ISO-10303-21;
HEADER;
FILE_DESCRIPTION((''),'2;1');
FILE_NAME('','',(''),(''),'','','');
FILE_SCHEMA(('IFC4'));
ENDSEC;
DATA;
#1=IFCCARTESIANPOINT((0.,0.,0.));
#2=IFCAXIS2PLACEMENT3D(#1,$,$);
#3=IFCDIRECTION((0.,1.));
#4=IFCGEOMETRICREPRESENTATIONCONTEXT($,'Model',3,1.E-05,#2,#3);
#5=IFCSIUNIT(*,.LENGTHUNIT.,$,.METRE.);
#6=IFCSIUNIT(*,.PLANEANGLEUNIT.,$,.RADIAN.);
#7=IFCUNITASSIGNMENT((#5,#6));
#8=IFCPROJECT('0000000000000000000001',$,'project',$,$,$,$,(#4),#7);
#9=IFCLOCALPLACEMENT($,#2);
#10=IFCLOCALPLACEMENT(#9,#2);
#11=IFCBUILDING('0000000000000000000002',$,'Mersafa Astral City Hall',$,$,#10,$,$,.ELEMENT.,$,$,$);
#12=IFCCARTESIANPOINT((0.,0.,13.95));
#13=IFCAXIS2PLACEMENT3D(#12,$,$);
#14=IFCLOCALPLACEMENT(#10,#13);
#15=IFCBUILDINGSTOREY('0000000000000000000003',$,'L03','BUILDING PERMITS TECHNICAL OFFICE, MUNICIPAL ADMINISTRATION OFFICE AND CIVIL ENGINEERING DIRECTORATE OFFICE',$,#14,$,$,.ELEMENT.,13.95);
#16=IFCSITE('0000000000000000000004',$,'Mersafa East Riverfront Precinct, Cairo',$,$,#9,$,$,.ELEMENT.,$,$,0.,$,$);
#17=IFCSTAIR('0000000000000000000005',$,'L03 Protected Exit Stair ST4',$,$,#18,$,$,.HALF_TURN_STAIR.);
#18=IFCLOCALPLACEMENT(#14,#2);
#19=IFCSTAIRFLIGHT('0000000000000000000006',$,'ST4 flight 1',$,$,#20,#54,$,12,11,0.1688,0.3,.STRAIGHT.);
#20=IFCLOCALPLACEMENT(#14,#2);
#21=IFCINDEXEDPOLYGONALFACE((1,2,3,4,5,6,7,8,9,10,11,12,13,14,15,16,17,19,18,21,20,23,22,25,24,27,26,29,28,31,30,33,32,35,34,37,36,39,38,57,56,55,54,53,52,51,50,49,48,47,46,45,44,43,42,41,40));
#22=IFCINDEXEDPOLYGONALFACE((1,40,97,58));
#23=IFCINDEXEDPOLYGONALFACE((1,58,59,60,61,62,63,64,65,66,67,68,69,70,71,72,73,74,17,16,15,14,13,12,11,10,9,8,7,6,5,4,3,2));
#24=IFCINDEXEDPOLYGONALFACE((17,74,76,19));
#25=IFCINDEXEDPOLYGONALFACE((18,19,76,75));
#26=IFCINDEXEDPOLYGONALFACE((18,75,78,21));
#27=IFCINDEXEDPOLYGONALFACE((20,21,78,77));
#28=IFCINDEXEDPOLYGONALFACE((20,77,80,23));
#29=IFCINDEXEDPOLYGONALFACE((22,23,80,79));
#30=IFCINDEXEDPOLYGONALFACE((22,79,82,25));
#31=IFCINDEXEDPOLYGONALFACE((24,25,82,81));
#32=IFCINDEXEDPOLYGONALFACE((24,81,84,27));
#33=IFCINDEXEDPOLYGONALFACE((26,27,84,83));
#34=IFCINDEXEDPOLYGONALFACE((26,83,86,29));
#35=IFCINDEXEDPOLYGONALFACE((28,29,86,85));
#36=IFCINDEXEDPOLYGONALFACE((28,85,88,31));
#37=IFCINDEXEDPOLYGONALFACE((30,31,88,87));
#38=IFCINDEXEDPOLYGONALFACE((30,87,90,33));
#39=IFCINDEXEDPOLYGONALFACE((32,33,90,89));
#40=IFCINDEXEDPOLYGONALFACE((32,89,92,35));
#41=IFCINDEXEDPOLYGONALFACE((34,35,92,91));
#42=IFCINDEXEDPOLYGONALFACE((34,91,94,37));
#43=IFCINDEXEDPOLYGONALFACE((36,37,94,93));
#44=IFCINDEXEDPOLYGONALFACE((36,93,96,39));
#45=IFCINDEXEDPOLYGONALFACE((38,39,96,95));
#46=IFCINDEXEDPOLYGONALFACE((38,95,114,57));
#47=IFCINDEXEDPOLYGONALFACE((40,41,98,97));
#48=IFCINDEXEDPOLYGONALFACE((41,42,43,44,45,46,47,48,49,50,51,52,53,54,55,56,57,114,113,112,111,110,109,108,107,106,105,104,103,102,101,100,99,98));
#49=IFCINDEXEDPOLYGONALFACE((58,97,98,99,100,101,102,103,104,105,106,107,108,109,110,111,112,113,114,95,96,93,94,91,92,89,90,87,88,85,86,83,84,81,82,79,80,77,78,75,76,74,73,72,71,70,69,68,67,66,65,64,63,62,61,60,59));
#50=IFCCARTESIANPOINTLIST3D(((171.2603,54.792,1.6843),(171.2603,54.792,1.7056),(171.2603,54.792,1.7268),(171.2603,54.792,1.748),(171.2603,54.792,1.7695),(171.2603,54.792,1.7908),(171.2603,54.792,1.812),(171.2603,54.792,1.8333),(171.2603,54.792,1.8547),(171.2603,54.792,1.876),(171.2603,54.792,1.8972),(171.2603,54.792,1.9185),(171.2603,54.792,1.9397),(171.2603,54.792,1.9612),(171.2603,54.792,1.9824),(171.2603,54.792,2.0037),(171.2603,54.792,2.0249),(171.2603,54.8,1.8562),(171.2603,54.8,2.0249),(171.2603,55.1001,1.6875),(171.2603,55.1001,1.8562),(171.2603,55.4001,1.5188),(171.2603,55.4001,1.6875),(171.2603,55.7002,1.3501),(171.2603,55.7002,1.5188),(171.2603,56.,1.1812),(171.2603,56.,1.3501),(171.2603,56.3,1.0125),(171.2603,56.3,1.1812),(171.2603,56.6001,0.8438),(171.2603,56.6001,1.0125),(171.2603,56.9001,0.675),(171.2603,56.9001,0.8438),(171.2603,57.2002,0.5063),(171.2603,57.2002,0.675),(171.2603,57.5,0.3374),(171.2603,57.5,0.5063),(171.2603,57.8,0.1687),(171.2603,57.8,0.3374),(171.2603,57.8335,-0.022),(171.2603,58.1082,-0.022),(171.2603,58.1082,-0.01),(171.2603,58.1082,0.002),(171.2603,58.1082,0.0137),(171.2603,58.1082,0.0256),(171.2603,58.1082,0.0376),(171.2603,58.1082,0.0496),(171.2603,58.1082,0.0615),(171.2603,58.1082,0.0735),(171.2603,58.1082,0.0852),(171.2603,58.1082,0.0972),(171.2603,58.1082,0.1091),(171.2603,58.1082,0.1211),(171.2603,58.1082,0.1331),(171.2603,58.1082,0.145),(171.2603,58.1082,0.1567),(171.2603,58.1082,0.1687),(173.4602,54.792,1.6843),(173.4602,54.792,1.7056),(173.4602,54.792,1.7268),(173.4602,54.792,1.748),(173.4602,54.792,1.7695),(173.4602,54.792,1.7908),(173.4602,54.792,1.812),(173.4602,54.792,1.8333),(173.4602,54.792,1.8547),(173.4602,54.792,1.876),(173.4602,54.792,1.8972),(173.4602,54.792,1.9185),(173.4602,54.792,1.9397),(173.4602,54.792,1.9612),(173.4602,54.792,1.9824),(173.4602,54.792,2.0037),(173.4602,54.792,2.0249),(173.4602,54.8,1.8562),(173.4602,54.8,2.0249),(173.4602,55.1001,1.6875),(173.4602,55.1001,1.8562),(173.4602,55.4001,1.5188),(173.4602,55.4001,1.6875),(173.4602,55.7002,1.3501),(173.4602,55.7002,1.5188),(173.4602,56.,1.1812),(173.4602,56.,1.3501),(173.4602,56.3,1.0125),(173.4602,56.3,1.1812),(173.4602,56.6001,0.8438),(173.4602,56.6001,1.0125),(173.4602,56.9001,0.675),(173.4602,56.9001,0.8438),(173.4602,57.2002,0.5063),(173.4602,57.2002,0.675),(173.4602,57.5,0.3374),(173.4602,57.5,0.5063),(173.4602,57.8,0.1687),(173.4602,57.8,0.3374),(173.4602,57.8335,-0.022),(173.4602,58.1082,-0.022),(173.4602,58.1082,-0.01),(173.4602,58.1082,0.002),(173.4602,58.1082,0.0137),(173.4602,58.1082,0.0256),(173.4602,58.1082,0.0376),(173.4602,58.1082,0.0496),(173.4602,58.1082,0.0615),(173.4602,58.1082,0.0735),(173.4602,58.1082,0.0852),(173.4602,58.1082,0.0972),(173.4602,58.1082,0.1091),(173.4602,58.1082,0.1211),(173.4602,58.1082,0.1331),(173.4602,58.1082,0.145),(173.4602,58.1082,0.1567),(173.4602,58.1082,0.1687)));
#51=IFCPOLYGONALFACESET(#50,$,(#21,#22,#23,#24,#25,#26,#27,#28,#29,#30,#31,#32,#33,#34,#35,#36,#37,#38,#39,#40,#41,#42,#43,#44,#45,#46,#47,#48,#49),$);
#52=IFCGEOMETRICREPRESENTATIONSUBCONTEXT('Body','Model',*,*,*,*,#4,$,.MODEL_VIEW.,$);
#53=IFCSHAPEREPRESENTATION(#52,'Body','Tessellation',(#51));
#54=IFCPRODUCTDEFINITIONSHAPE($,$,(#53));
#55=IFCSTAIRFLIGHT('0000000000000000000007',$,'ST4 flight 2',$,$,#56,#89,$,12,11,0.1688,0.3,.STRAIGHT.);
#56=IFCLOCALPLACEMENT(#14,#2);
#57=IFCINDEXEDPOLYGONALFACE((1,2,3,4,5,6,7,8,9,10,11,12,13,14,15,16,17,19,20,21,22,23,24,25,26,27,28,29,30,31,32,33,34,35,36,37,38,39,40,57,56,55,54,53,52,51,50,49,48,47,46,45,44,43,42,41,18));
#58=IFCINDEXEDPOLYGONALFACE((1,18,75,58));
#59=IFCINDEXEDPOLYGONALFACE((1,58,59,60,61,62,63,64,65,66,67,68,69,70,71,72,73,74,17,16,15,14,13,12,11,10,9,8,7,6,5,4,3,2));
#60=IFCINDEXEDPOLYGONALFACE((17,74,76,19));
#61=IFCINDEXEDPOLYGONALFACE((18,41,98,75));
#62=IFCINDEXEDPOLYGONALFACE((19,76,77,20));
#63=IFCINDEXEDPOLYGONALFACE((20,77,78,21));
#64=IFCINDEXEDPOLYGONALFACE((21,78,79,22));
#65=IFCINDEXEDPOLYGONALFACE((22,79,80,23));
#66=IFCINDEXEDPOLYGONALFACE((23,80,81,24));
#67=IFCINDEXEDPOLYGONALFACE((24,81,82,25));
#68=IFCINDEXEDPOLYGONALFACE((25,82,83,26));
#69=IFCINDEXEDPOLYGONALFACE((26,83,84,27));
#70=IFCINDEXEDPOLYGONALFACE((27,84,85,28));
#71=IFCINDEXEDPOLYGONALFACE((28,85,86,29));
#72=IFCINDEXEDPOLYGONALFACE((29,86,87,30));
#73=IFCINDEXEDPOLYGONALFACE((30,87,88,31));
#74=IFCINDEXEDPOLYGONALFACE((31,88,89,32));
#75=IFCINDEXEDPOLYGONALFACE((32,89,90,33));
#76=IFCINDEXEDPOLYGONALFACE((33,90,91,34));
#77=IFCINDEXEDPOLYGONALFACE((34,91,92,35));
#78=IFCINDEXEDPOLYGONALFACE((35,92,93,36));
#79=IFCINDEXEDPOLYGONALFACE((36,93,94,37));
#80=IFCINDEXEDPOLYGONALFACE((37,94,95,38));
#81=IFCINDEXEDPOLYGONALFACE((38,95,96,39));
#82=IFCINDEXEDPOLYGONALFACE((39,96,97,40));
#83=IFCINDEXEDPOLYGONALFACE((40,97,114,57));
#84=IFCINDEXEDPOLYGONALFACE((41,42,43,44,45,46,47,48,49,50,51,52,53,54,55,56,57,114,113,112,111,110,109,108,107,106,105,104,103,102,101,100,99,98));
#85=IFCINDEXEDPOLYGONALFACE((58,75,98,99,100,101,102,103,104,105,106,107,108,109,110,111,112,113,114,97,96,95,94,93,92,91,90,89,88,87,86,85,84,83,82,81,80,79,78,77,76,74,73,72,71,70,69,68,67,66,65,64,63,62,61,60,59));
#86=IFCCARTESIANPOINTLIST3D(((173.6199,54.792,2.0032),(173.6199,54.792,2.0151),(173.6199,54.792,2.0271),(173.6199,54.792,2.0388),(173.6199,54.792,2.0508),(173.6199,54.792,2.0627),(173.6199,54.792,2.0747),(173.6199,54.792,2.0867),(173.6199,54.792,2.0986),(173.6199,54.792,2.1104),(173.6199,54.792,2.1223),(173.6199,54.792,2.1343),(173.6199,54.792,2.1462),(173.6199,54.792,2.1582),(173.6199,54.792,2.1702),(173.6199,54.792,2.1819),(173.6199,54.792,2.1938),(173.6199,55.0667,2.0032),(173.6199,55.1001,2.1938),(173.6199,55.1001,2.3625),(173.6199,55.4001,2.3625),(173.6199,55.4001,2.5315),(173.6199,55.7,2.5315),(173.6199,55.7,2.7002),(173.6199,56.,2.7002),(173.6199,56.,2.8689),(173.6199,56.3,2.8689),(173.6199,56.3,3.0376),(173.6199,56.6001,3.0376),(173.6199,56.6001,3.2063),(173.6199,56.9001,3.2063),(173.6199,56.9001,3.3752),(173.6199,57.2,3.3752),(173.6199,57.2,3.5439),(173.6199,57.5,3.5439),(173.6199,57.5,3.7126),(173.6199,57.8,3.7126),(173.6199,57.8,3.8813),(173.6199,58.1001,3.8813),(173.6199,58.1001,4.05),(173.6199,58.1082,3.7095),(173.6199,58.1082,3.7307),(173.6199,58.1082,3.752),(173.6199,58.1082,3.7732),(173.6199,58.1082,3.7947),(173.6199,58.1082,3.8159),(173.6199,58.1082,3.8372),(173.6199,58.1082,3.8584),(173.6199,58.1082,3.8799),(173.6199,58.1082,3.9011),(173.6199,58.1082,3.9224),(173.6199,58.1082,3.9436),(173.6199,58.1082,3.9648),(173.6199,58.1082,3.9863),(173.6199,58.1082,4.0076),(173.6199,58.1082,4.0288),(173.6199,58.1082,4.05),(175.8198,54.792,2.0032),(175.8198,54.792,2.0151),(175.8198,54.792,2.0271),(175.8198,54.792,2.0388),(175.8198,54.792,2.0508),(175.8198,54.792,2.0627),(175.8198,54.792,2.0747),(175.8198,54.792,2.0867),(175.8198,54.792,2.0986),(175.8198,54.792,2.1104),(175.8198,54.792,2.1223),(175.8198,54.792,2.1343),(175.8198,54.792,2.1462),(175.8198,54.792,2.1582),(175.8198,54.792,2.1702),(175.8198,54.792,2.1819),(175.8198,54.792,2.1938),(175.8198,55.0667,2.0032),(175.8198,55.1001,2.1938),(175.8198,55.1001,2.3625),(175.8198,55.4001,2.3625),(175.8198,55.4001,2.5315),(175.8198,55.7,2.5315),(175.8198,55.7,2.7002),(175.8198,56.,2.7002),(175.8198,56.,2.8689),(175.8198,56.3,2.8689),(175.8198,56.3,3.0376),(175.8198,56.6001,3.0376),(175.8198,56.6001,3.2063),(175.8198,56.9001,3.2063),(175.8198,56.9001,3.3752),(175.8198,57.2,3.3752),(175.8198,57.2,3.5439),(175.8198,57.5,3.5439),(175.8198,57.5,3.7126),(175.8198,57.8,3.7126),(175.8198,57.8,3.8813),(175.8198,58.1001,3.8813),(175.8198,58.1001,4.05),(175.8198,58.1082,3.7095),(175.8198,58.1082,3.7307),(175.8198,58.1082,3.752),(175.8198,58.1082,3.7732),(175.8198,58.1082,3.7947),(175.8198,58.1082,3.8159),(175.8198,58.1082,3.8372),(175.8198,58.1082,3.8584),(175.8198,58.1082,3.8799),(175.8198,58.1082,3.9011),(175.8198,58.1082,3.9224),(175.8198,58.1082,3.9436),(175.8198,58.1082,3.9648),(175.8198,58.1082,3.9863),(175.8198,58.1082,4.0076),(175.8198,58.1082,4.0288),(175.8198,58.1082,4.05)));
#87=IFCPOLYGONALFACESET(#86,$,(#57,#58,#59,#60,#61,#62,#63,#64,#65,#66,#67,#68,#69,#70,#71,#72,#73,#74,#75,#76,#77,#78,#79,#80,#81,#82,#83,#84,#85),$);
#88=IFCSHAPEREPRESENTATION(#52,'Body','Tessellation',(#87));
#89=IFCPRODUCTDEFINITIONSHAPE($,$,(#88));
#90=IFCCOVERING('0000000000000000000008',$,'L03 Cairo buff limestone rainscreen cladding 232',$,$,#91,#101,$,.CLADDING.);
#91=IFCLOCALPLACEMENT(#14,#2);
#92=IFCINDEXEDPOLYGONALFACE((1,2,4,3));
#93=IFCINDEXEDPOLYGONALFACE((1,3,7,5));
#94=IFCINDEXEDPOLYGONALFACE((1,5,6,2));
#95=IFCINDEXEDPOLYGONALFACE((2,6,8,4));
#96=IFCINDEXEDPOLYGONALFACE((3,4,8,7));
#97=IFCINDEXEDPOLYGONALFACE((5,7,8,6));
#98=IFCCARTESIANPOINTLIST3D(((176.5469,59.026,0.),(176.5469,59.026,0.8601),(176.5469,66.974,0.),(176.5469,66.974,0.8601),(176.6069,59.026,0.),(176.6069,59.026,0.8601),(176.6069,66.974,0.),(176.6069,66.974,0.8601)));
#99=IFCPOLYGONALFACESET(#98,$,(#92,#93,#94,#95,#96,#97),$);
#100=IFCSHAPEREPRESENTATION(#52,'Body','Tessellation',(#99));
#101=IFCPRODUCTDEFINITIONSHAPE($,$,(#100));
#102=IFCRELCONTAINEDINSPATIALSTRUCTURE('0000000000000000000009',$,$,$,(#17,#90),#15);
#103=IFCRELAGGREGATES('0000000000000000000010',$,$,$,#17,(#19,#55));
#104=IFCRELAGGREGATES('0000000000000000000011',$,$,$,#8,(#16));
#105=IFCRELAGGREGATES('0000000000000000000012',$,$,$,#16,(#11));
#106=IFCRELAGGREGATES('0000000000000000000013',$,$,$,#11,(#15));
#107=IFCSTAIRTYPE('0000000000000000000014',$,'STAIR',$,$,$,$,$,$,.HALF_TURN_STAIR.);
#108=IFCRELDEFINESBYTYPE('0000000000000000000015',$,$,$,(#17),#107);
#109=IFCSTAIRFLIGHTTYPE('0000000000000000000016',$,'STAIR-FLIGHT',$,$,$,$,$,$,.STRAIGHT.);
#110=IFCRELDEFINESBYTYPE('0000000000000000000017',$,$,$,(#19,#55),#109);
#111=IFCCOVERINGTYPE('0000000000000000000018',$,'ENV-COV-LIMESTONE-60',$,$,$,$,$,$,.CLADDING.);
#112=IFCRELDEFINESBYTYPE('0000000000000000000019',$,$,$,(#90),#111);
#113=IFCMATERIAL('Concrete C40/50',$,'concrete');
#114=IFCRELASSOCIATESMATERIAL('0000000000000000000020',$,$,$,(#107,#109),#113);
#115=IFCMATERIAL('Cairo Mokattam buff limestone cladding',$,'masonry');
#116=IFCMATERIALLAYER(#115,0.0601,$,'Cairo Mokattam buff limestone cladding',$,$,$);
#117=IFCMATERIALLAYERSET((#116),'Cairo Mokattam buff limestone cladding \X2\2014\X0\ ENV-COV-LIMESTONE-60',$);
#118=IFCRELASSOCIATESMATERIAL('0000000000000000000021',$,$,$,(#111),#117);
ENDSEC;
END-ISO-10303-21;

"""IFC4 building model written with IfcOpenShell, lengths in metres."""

from ifc_helpers import new_model, si_unit, direction, frame, origin, origin_2d, place, context, subcontext, project, spatial, polyline, rectangle, outline, extrude, material, layer, layer_set, type_object, element, aggregate, save


model = new_model("IFC4")

# Units and contexts
model_context = context("Model", 3, precision=1e-05, world=origin(), true_north=direction((0.0, 1.0)))
body_context = subcontext(model_context, "Body", "Model", "MODEL_VIEW")
ifc_project = project(units=[si_unit("LENGTHUNIT", "METRE"), si_unit("PLANEANGLEUNIT", "RADIAN")], contexts=[model_context])

# Site, building, storey
site_placement = place(None, origin())
site = spatial("IfcSite", under=ifc_project, at=site_placement, Name="Mersafa East Riverfront Precinct, Cairo", CompositionType="ELEMENT", RefElevation=0.0)
building_placement = place(site_placement, origin())
building = spatial("IfcBuilding", under=site, at=building_placement, Name="Mersafa Astral City Hall", CompositionType="ELEMENT")
storey_placement = place(building_placement, frame((0.0, 0.0, 13.95)))
storey = spatial("IfcBuildingStorey", under=building, at=storey_placement, Name="L03", Description="BUILDING PERMITS TECHNICAL OFFICE, MUNICIPAL ADMINISTRATION OFFICE AND CIVIL ENGINEERING DIRECTORATE OFFICE", CompositionType="ELEMENT", Elevation=13.95)

# Shared definitions
ifc_material_1 = material(Name="Concrete C40/50", Category="concrete")

# Stair, stair flights
stair_type = type_object("IfcStairType", Name="STAIR", PredefinedType="HALF_TURN_STAIR", material=ifc_material_1)
stair_placement = place(storey_placement, origin())
stair = element("IfcStair", 1, at=stair_placement, inside=storey, type_object=stair_type, Name="L03 Protected Exit Stair ST4", PredefinedType="HALF_TURN_STAIR")
stair_flight_type = type_object("IfcStairFlightType", Name="STAIR-FLIGHT", PredefinedType="STRAIGHT", material=ifc_material_1)
stair_flight_1_placement = place(storey_placement, frame((172.3601, 58.1001, 0.0), z_axis=(0.0, 0.0, 1.0), x_axis=(0.0, -1.0, 0.0)))
stair_flight_1 = element("IfcStairFlight", 2, at=stair_flight_1_placement, type_object=stair_flight_type, Name="ST4 flight 1", NumberOfRisers=12, NumberOfTreads=11, PredefinedType="STRAIGHT", RiserHeight=0.1688, TreadLength=0.3, context=body_context, shape_type="SweptSolid", body=[
    extrude(outline(polyline([(-0.0081, -0.022), (-0.0081, -0.01), (-0.0081, 0.002), (-0.0081, 0.0137), (-0.0081, 0.0256), (-0.0081, 0.0376), (-0.0081, 0.0496), (-0.0081, 0.0615), (-0.0081, 0.0735), (-0.0081, 0.0852), (-0.0081, 0.0972), (-0.0081, 0.1091), (-0.0081, 0.1211), (-0.0081, 0.1331), (-0.0081, 0.145), (-0.0081, 0.1567), (-0.0081, 0.1687), (0.3, 0.1687), (0.3, 0.3374), (0.6001, 0.3374), (0.6001, 0.5063), (0.8999, 0.5063), (0.8999, 0.675), (1.2, 0.675), (1.2, 0.8438), (1.5, 0.8438), (1.5, 1.0125), (1.8, 1.0125), (1.8, 1.1812), (2.1001, 1.1812), (2.1001, 1.3501), (2.3999, 1.3501), (2.3999, 1.5188), (2.7, 1.5188), (2.7, 1.6875), (3.0, 1.6875), (3.0, 1.8562), (3.3, 1.8562), (3.3, 2.0249), (3.3081, 2.0249), (3.3081, 2.0037), (3.3081, 1.9824), (3.3081, 1.9612), (3.3081, 1.9397), (3.3081, 1.9185), (3.3081, 1.8972), (3.3081, 1.876), (3.3081, 1.8547), (3.3081, 1.8333), (3.3081, 1.812), (3.3081, 1.7908), (3.3081, 1.7695), (3.3081, 1.748), (3.3081, 1.7268), (3.3081, 1.7056), (3.3081, 1.6843), (0.2666, -0.022), (-0.0081, -0.022)])), frame((0.0, 1.1001, 0.0), z_axis=(0.0, -1.0, 0.0), x_axis=(1.0, 0.0, 0.0)), (0.0, 0.0, 1.0), 2.2),
])
stair_flight_2_placement = place(storey_placement, frame((174.72, 54.8, 2.0251), z_axis=(0.0, 0.0, 1.0), x_axis=(0.0, 1.0, 0.0)))
stair_flight_2 = element("IfcStairFlight", 3, at=stair_flight_2_placement, type_object=stair_flight_type, Name="ST4 flight 2", NumberOfRisers=12, NumberOfTreads=11, PredefinedType="STRAIGHT", RiserHeight=0.1688, TreadLength=0.3, context=body_context, shape_type="SweptSolid", body=[
    extrude(outline(polyline([(-0.0081, -0.022), (-0.0081, -0.01), (-0.0081, 0.002), (-0.0081, 0.0137), (-0.0081, 0.0256), (-0.0081, 0.0376), (-0.0081, 0.0496), (-0.0081, 0.0615), (-0.0081, 0.0735), (-0.0081, 0.0852), (-0.0081, 0.0972), (-0.0081, 0.1091), (-0.0081, 0.1211), (-0.0081, 0.1331), (-0.0081, 0.145), (-0.0081, 0.1567), (-0.0081, 0.1687), (0.3, 0.1687), (0.3, 0.3374), (0.6001, 0.3374), (0.6001, 0.5063), (0.8999, 0.5063), (0.8999, 0.675), (1.2, 0.675), (1.2, 0.8438), (1.5, 0.8438), (1.5, 1.0125), (1.8, 1.0125), (1.8, 1.1812), (2.1001, 1.1812), (2.1001, 1.3501), (2.3999, 1.3501), (2.3999, 1.5188), (2.7, 1.5188), (2.7, 1.6875), (3.0, 1.6875), (3.0, 1.8562), (3.3, 1.8562), (3.3, 2.0249), (3.3081, 2.0249), (3.3081, 2.0037), (3.3081, 1.9824), (3.3081, 1.9612), (3.3081, 1.9397), (3.3081, 1.9185), (3.3081, 1.8972), (3.3081, 1.876), (3.3081, 1.8547), (3.3081, 1.8333), (3.3081, 1.812), (3.3081, 1.7908), (3.3081, 1.7695), (3.3081, 1.748), (3.3081, 1.7268), (3.3081, 1.7056), (3.3081, 1.6843), (0.2666, -0.022), (-0.0081, -0.022)])), frame((0.0, 1.1001, 0.0), z_axis=(0.0, -1.0, 0.0), x_axis=(1.0, 0.0, 0.0)), (0.0, 0.0, 1.0), 2.2),
])
aggregate(stair, [stair_flight_1, stair_flight_2])

# Covering
ifc_material_2 = material(Name="Cairo Mokattam buff limestone cladding", Category="masonry")
ifc_layer_1 = layer(ifc_material_2, 0.0601, Name="Cairo Mokattam buff limestone cladding")
ifc_layer_set_1 = layer_set([ifc_layer_1], Name="Cairo Mokattam buff limestone cladding — ENV-COV-LIMESTONE-60")
covering_type = type_object("IfcCoveringType", Name="ENV-COV-LIMESTONE-60", PredefinedType="CLADDING", material=ifc_layer_set_1)
covering_placement = place(storey_placement, frame((176.5769, 63.0, 0.0), z_axis=(0.0, 0.0, 1.0), x_axis=(0.0, 1.0, 0.0)))
element("IfcCovering", 4, at=covering_placement, inside=storey, type_object=covering_type, Name="L03 Cairo buff limestone rainscreen cladding 232", PredefinedType="CLADDING", context=body_context, shape_type="SweptSolid", body=[
    extrude(rectangle(XDim=7.948, YDim=0.0601, at=origin_2d()), origin(), (0.0, 0.0, 1.0), 0.8601),
])

save(model, "model.ifc")
